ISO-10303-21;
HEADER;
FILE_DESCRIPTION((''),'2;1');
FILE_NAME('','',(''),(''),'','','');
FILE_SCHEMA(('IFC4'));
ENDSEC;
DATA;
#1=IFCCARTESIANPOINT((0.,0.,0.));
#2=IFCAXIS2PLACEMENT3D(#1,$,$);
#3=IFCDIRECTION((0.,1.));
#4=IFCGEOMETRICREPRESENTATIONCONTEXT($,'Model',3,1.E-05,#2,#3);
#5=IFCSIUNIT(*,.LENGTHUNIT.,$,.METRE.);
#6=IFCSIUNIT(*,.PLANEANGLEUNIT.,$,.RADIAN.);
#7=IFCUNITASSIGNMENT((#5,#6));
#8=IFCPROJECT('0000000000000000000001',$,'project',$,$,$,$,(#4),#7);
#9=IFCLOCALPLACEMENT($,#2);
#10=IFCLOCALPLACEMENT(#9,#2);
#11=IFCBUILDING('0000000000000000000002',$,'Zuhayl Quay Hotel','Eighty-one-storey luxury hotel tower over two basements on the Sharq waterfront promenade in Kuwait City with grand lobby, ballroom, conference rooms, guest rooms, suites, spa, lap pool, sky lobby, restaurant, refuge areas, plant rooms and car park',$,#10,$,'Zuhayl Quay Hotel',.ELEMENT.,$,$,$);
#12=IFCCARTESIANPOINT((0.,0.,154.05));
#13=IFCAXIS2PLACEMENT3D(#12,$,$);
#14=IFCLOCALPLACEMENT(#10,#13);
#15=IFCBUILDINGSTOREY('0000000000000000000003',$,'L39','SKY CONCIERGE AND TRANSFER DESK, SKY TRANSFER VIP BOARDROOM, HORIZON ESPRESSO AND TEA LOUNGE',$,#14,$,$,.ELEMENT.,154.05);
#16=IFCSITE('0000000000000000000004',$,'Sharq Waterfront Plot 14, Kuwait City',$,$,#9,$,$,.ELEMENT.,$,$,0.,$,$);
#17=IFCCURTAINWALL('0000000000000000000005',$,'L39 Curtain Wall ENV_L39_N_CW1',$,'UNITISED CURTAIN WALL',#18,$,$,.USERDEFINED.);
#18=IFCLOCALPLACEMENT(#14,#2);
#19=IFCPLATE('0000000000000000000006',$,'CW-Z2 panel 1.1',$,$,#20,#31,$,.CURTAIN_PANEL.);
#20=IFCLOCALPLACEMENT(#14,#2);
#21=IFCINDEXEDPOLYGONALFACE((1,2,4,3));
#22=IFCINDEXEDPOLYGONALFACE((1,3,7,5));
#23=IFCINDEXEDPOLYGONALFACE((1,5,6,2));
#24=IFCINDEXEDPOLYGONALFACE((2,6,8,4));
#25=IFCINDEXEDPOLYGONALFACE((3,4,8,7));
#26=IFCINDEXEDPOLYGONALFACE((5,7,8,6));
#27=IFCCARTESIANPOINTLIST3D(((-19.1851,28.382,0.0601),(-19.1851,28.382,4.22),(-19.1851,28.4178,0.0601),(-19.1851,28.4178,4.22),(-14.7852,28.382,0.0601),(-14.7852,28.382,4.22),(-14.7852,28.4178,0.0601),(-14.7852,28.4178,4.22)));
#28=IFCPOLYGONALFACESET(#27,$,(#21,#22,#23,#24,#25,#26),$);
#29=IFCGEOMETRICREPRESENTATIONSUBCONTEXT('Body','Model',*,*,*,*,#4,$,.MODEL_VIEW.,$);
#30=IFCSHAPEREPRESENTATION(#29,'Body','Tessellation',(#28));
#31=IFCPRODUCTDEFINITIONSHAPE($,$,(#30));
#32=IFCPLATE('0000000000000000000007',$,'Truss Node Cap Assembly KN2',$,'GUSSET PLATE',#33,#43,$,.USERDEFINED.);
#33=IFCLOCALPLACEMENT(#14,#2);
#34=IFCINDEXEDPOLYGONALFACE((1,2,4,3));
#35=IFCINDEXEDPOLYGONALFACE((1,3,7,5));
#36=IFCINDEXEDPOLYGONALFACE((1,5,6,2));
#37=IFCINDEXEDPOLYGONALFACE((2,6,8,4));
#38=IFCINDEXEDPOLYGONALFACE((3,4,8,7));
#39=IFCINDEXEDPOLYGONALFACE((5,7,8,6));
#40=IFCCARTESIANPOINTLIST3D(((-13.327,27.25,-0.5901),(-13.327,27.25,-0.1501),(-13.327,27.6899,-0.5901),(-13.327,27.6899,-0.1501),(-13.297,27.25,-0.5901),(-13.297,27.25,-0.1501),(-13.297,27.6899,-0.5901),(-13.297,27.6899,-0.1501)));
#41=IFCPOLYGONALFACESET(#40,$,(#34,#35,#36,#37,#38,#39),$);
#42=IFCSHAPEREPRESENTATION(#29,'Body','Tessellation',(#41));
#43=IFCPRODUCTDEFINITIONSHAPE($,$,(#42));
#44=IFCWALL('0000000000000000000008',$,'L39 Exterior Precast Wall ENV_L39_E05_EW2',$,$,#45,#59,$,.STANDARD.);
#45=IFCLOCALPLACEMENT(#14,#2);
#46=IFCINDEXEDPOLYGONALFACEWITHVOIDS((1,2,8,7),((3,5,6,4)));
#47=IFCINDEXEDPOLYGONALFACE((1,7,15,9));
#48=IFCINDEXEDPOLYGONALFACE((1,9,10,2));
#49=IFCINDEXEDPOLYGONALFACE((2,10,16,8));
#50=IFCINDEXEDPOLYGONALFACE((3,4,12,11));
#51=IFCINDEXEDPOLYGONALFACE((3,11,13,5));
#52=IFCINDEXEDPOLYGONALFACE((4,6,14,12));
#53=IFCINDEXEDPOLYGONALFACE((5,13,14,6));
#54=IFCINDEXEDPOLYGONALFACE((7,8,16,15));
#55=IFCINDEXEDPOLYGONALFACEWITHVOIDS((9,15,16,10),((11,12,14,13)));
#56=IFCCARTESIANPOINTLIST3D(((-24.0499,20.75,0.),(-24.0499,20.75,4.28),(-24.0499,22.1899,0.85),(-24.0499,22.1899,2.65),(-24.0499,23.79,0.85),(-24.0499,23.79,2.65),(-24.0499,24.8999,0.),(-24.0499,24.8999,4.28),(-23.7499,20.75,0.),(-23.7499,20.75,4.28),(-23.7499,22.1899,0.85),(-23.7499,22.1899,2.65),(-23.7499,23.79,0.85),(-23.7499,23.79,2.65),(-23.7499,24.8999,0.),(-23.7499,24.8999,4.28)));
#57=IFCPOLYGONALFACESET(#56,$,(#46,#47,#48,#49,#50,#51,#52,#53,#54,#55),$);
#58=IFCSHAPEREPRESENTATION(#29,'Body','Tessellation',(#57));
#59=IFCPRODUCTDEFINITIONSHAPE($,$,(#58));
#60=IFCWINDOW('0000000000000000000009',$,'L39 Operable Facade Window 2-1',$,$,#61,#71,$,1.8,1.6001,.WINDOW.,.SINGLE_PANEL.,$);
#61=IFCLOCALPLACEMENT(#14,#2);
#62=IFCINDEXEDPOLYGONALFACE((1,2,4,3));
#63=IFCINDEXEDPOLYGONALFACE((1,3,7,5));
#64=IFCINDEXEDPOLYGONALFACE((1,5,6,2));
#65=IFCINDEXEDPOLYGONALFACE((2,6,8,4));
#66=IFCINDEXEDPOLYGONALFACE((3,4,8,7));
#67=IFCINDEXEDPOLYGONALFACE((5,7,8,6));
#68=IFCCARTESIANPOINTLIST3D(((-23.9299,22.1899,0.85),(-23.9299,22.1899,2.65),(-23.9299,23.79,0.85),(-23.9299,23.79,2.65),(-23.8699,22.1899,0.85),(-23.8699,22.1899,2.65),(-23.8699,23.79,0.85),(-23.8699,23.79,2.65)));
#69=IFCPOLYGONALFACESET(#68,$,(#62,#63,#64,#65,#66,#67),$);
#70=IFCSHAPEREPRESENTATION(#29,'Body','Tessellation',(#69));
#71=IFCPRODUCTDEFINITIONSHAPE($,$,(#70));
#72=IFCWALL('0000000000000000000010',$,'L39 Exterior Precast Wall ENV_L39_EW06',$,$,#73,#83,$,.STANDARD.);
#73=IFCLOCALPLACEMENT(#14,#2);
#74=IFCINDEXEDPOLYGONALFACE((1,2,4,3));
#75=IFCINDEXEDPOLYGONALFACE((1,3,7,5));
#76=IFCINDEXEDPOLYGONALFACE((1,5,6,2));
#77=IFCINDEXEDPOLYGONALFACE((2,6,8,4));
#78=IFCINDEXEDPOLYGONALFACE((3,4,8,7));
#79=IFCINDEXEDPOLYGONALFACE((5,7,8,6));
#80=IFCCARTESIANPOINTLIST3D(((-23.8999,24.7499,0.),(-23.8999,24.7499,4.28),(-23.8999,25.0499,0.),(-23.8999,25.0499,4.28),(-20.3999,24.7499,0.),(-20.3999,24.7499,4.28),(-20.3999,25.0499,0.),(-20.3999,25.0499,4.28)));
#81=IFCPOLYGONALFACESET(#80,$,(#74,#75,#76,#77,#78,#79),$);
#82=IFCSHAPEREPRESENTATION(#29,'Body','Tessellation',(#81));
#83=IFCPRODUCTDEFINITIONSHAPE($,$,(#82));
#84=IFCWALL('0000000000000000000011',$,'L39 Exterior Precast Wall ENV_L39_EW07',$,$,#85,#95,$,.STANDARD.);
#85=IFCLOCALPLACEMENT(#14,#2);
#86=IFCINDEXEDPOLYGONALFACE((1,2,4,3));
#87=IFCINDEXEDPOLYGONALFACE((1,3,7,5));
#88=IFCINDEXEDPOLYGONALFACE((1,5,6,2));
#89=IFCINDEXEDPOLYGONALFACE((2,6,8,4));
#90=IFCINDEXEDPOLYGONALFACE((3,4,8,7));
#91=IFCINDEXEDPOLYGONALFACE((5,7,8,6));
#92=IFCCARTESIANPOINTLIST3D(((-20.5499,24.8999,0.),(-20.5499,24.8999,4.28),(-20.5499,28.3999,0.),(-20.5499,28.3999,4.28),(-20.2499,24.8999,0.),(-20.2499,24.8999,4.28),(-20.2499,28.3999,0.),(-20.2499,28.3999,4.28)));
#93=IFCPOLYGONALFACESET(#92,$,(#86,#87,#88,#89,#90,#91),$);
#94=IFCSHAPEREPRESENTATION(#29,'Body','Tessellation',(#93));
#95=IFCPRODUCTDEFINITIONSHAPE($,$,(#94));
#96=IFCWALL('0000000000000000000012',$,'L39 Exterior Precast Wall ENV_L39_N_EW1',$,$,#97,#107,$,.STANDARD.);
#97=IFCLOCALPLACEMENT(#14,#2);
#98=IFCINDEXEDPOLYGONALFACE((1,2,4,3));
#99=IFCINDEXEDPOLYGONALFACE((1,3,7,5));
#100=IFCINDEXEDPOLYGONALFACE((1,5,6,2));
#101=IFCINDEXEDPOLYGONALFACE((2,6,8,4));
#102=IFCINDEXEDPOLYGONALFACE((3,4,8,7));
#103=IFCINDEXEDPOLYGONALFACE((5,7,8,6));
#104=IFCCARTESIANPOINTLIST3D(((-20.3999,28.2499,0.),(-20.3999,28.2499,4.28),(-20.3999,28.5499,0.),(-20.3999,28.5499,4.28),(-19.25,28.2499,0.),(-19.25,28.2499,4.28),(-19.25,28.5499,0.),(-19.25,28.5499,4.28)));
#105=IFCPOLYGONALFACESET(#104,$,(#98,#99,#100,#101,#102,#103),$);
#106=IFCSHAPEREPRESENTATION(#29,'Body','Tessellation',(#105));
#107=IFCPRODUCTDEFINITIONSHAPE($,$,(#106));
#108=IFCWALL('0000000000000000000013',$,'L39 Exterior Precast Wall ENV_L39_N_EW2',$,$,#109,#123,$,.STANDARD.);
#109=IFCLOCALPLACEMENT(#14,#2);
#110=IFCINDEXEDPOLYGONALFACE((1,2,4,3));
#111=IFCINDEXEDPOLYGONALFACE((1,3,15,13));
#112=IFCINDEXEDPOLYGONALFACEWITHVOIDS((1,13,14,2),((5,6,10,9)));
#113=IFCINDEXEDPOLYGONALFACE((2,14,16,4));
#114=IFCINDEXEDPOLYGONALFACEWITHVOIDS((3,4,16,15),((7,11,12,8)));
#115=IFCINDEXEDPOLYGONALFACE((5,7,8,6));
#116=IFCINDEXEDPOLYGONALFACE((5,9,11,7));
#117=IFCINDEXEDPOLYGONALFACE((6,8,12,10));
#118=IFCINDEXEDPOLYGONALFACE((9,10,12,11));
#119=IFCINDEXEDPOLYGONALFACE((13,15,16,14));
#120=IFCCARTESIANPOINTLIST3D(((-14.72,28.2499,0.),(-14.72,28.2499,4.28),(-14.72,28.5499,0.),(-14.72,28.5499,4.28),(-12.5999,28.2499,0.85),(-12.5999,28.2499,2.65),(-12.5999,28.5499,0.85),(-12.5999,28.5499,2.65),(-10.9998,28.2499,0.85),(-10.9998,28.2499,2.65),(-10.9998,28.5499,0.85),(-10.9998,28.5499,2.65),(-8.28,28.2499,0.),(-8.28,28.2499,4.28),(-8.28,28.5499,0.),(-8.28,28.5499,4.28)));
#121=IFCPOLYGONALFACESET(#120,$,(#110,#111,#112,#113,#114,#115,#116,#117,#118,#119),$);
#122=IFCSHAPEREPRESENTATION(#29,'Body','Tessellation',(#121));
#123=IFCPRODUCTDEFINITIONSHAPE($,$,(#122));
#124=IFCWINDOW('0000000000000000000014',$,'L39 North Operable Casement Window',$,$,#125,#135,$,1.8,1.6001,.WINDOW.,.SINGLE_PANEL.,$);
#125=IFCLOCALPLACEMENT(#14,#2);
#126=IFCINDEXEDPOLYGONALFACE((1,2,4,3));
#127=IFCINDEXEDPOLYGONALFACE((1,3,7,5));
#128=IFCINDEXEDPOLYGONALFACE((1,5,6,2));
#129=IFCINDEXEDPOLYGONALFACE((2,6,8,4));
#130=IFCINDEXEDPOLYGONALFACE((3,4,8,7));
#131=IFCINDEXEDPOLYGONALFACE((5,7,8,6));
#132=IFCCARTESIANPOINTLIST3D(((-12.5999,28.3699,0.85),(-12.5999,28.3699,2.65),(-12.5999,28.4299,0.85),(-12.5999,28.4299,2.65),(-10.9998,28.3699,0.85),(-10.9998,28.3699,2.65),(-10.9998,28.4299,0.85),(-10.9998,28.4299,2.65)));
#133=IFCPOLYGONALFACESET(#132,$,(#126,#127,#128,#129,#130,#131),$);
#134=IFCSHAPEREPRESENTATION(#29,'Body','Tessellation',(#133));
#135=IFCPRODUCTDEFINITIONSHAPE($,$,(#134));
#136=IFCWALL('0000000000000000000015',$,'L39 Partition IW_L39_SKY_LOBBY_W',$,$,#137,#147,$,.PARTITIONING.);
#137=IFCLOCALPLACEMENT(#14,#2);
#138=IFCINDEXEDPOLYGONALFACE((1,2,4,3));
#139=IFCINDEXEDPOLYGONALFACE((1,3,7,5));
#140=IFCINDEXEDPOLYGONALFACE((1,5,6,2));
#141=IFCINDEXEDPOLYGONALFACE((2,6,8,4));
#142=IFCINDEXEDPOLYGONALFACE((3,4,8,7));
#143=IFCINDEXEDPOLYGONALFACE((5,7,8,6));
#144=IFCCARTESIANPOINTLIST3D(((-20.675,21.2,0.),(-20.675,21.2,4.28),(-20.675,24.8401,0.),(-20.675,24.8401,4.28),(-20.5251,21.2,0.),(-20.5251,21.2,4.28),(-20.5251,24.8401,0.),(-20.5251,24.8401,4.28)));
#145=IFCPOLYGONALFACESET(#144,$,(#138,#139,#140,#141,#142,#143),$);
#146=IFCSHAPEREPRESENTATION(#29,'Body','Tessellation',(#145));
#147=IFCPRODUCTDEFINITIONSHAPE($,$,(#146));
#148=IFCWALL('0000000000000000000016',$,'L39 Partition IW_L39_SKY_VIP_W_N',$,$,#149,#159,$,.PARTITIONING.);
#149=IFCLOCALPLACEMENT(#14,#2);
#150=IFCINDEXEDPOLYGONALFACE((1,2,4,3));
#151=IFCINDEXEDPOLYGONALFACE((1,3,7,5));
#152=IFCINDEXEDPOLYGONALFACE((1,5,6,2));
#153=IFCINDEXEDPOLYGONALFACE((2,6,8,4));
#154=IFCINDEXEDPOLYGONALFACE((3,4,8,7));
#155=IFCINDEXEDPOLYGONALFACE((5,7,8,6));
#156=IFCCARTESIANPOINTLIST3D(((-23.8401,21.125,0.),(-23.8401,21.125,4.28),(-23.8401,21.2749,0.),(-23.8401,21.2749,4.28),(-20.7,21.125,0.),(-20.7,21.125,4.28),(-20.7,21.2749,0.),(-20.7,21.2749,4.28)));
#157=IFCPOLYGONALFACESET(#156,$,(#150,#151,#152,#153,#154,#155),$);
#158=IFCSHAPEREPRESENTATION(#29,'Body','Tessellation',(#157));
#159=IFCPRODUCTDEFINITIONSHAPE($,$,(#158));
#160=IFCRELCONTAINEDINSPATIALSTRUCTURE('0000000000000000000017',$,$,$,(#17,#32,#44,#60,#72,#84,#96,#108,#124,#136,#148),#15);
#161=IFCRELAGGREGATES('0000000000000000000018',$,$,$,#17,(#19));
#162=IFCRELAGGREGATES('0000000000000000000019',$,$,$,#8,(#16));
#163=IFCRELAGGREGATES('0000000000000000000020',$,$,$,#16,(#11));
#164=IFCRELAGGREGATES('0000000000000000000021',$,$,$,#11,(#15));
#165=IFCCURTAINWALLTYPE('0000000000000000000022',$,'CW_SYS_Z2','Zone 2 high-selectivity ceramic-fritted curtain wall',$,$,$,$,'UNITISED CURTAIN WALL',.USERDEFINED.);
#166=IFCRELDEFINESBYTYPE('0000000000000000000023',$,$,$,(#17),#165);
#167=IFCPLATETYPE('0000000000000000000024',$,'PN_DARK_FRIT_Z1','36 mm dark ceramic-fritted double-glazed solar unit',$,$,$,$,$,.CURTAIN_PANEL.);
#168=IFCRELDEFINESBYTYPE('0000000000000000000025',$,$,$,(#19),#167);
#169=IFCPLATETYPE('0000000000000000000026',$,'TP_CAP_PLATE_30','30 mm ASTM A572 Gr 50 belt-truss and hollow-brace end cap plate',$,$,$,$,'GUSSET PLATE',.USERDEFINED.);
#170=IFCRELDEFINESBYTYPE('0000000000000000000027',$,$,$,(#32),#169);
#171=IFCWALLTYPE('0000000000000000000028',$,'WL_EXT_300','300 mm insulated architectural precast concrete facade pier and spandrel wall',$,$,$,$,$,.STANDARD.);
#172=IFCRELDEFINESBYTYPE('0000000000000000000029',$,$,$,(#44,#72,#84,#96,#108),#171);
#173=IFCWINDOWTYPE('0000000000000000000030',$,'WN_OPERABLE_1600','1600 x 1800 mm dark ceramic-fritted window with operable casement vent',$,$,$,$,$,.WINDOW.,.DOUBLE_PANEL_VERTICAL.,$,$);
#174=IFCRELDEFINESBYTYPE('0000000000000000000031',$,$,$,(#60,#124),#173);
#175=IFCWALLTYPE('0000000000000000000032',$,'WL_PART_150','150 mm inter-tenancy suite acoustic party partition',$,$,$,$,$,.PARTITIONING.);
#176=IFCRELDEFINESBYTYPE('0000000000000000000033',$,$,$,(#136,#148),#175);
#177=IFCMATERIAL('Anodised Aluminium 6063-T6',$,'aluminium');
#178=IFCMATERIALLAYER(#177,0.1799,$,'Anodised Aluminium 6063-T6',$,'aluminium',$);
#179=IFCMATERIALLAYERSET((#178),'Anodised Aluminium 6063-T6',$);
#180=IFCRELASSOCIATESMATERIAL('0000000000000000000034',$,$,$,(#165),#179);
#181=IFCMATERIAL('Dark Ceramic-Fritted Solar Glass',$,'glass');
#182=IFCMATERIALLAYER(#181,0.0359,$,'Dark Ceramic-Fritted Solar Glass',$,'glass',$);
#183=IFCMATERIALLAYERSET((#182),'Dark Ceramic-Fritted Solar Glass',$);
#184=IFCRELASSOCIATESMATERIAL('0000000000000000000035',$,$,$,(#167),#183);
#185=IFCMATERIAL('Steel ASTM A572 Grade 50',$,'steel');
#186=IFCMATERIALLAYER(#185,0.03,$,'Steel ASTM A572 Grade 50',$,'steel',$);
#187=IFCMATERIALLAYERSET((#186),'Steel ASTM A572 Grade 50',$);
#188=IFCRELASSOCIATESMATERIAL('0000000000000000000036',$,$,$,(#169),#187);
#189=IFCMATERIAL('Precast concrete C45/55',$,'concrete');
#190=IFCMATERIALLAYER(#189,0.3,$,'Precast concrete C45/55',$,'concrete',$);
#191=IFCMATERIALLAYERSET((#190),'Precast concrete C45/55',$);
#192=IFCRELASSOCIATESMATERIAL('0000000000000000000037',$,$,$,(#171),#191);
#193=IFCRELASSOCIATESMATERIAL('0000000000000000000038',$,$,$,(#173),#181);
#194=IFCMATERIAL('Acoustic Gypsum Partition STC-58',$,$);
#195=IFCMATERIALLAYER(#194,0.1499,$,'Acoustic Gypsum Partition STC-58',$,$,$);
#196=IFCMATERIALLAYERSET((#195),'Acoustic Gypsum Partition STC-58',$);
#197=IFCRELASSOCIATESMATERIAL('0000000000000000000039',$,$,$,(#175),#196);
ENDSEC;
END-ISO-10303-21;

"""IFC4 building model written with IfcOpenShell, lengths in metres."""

from ifc_helpers import new_model, si_unit, direction, frame, frame_2d, origin, origin_2d, place, context, subcontext, project, spatial, rectangle, extrude, material, layer, layer_set, type_object, element, fill, aggregate, save


model = new_model("IFC4")

# Units and contexts
model_context = context("Model", 3, precision=1e-05, world=origin(), true_north=direction((0.0, 1.0)))
body_context = subcontext(model_context, "Body", "Model", "MODEL_VIEW")
ifc_project = project(units=[si_unit("LENGTHUNIT", "METRE"), si_unit("PLANEANGLEUNIT", "RADIAN")], contexts=[model_context])

# Site, building, storey
site_placement = place(None, origin())
site = spatial("IfcSite", under=ifc_project, at=site_placement, Name="Sharq Waterfront Plot 14, Kuwait City", CompositionType="ELEMENT", RefElevation=0.0)
building_placement = place(site_placement, origin())
building = spatial("IfcBuilding", under=site, at=building_placement, Name="Zuhayl Quay Hotel", Description="Eighty-one-storey luxury hotel tower over two basements on the Sharq waterfront promenade in Kuwait City with grand lobby, ballroom, conference rooms, guest rooms, suites, spa, lap pool, sky lobby, restaurant, refuge areas, plant rooms and car park", LongName="Zuhayl Quay Hotel", CompositionType="ELEMENT")
storey_placement = place(building_placement, frame((0.0, 0.0, 154.05)))
storey = spatial("IfcBuildingStorey", under=building, at=storey_placement, Name="L39", Description="SKY CONCIERGE AND TRANSFER DESK, SKY TRANSFER VIP BOARDROOM, HORIZON ESPRESSO AND TEA LOUNGE", CompositionType="ELEMENT", Elevation=154.05)

# Shared definitions
ifc_material_1 = material(Name="Anodised Aluminium 6063-T6", Category="aluminium")
ifc_layer_1 = layer(ifc_material_1, 0.1799, Name="Anodised Aluminium 6063-T6", Category="aluminium")
ifc_layer_set_1 = layer_set([ifc_layer_1], Name="Anodised Aluminium 6063-T6")
curtain_wall_type = type_object("IfcCurtainWallType", Name="CW_SYS_Z2", Description="Zone 2 high-selectivity ceramic-fritted curtain wall", ElementType="UNITISED CURTAIN WALL", PredefinedType="USERDEFINED", material=ifc_layer_set_1)

# Curtain wall, plate
curtain_wall_1_placement = place(storey_placement, origin())
curtain_wall_1 = element("IfcCurtainWall", 1, at=curtain_wall_1_placement, inside=storey, type_object=curtain_wall_type, Name="L39 Curtain Wall ENV_L39_N_CW1", ObjectType="UNITISED CURTAIN WALL", PredefinedType="USERDEFINED")
ifc_material_2 = material(Name="Dark Ceramic-Fritted Solar Glass", Category="glass")
ifc_layer_2 = layer(ifc_material_2, 0.0359, Name="Dark Ceramic-Fritted Solar Glass", Category="glass")
ifc_layer_set_2 = layer_set([ifc_layer_2], Name="Dark Ceramic-Fritted Solar Glass")
plate_type_1 = type_object("IfcPlateType", Name="PN_DARK_FRIT_Z1", Description="36 mm dark ceramic-fritted double-glazed solar unit", PredefinedType="CURTAIN_PANEL", material=ifc_layer_set_2)
plate_1_placement = place(storey_placement, frame((-16.9851, 28.3999, 0.0601), z_axis=(0.0, 0.0, 1.0), x_axis=(1.0, 0.0, 0.0)))
plate_1 = element("IfcPlate", 2, at=plate_1_placement, type_object=plate_type_1, Name="CW-Z2 panel 1.1", PredefinedType="CURTAIN_PANEL", context=body_context, shape_type="SweptSolid", body=[
    extrude(rectangle(XDim=4.3999, YDim=0.0359, at=origin_2d()), origin(), (0.0, 0.0, 1.0), 4.1599),
])
aggregate(curtain_wall_1, [plate_1])

# Plate
ifc_material_3 = material(Name="Steel ASTM A572 Grade 50", Category="steel")
ifc_layer_3 = layer(ifc_material_3, 0.03, Name="Steel ASTM A572 Grade 50", Category="steel")
ifc_layer_set_3 = layer_set([ifc_layer_3], Name="Steel ASTM A572 Grade 50")
plate_type_2 = type_object("IfcPlateType", Name="TP_CAP_PLATE_30", Description="30 mm ASTM A572 Gr 50 belt-truss and hollow-brace end cap plate", ElementType="GUSSET PLATE", PredefinedType="USERDEFINED", material=ifc_layer_set_3)
plate_2_placement = place(storey_placement, frame((-13.312, 27.47, -0.5901), z_axis=(0.0, 0.0, 1.0), x_axis=(-1.0, 0.0, 0.0)))
element("IfcPlate", 3, at=plate_2_placement, inside=storey, type_object=plate_type_2, Name="Truss Node Cap Assembly KN2", ObjectType="GUSSET PLATE", PredefinedType="USERDEFINED", context=body_context, shape_type="SweptSolid", body=[
    extrude(rectangle(XDim=0.03, YDim=0.4399, at=origin_2d()), origin(), (0.0, 0.0, 1.0), 0.4399),
])

# Wall, opening, window
ifc_material_4 = material(Name="Precast concrete C45/55", Category="concrete")
ifc_layer_4 = layer(ifc_material_4, 0.3, Name="Precast concrete C45/55", Category="concrete")
ifc_layer_set_4 = layer_set([ifc_layer_4], Name="Precast concrete C45/55")
wall_type_1 = type_object("IfcWallType", Name="WL_EXT_300", Description="300 mm insulated architectural precast concrete facade pier and spandrel wall", PredefinedType="STANDARD", material=ifc_layer_set_4)
wall_1_placement = place(storey_placement, frame((-23.8999, 20.75, 0.0), z_axis=(0.0, 0.0, 1.0), x_axis=(0.0, 1.0, 0.0)))
wall_1 = element("IfcWall", 4, at=wall_1_placement, inside=storey, type_object=wall_type_1, Name="L39 Exterior Precast Wall ENV_L39_E05_EW2", PredefinedType="STANDARD", context=body_context, shape_type="SweptSolid", body=[
    extrude(rectangle(XDim=4.1499, YDim=0.3, at=frame_2d((2.075, 0.0))), origin(), (0.0, 0.0, 1.0), 4.28),
])
opening_1_placement = place(wall_1_placement, frame((1.4399, 0.0, 0.8501)))
opening_1 = element("IfcOpeningElement", 5, at=opening_1_placement, cuts=wall_1, PredefinedType="OPENING", context=body_context, shape_type="SweptSolid", body=[
    extrude(rectangle(XDim=1.6001, YDim=1.8, at=frame_2d((0.8, 0.8999))), frame((0.0, 0.1599, 0.0), z_axis=(0.0, -1.0, 0.0), x_axis=(1.0, 0.0, 0.0)), (0.0, 0.0, 1.0), 0.3201),
])
window_type = type_object("IfcWindowType", Name="WN_OPERABLE_1600", Description="1600 x 1800 mm dark ceramic-fritted window with operable casement vent", PartitioningType="DOUBLE_PANEL_VERTICAL", PredefinedType="WINDOW", material=ifc_material_2)
window_1_placement = place(opening_1_placement, origin())
window_1 = element("IfcWindow", 6, at=window_1_placement, inside=storey, type_object=window_type, Name="L39 Operable Facade Window 2-1", OverallHeight=1.8, OverallWidth=1.6001, PartitioningType="SINGLE_PANEL", PredefinedType="WINDOW", context=body_context, shape_type="SweptSolid", body=[
    extrude(rectangle(XDim=1.6001, YDim=1.8, at=frame_2d((0.8, 0.8999))), frame((0.0, 0.03, 0.0), z_axis=(0.0, -1.0, 0.0), x_axis=(1.0, 0.0, 0.0)), (0.0, 0.0, 1.0), 0.0601),
])
fill(opening_1, window_1)

# Walls
for number, where, z_axis, x_axis, name in (
    (7, (-23.8999, 24.8999, 0.0), (0.0, 0.0, 1.0), (1.0, 0.0, 0.0), "L39 Exterior Precast Wall ENV_L39_EW06"),
    (8, (-20.3999, 24.8999, 0.0), (0.0, 0.0, 1.0), (0.0, 1.0, 0.0), "L39 Exterior Precast Wall ENV_L39_EW07"),
):
    element("IfcWall", number, at=place(storey_placement, frame(where, z_axis=z_axis, x_axis=x_axis)), inside=storey, type_object=wall_type_1, Name=name, PredefinedType="STANDARD", context=body_context, shape_type="SweptSolid", body=[
        extrude(rectangle(XDim=3.5, YDim=0.3, at=frame_2d((1.75, 0.0))), origin(), (0.0, 0.0, 1.0), 4.28),
    ])
wall_2_placement = place(storey_placement, frame((-20.3999, 28.3999, 0.0), z_axis=(0.0, 0.0, 1.0), x_axis=(1.0, 0.0, 0.0)))
element("IfcWall", 9, at=wall_2_placement, inside=storey, type_object=wall_type_1, Name="L39 Exterior Precast Wall ENV_L39_N_EW1", PredefinedType="STANDARD", context=body_context, shape_type="SweptSolid", body=[
    extrude(rectangle(XDim=1.1499, YDim=0.3, at=frame_2d((0.575, 0.0))), origin(), (0.0, 0.0, 1.0), 4.28),
])

# Wall, opening, window
wall_3_placement = place(storey_placement, frame((-14.72, 28.3999, 0.0), z_axis=(0.0, 0.0, 1.0), x_axis=(1.0, 0.0, 0.0)))
wall_3 = element("IfcWall", 10, at=wall_3_placement, inside=storey, type_object=wall_type_1, Name="L39 Exterior Precast Wall ENV_L39_N_EW2", PredefinedType="STANDARD", context=body_context, shape_type="SweptSolid", body=[
    extrude(rectangle(XDim=6.4399, YDim=0.3, at=frame_2d((3.22, 0.0))), origin(), (0.0, 0.0, 1.0), 4.28),
])
opening_2_placement = place(wall_3_placement, frame((2.1201, 0.0, 0.8501)))
opening_2 = element("IfcOpeningElement", 11, at=opening_2_placement, cuts=wall_3, PredefinedType="OPENING", context=body_context, shape_type="SweptSolid", body=[
    extrude(rectangle(XDim=1.6001, YDim=1.8, at=frame_2d((0.8, 0.8999))), frame((0.0, 0.1599, 0.0), z_axis=(0.0, -1.0, 0.0), x_axis=(1.0, 0.0, 0.0)), (0.0, 0.0, 1.0), 0.3201),
])
window_2_placement = place(opening_2_placement, origin())
window_2 = element("IfcWindow", 12, at=window_2_placement, inside=storey, type_object=window_type, Name="L39 North Operable Casement Window", OverallHeight=1.8, OverallWidth=1.6001, PartitioningType="SINGLE_PANEL", PredefinedType="WINDOW", context=body_context, shape_type="SweptSolid", body=[
    extrude(rectangle(XDim=1.6001, YDim=1.8, at=frame_2d((0.8, 0.8999))), frame((0.0, 0.03, 0.0), z_axis=(0.0, -1.0, 0.0), x_axis=(1.0, 0.0, 0.0)), (0.0, 0.0, 1.0), 0.0601),
])
fill(opening_2, window_2)

# Walls
ifc_material_5 = material(Name="Acoustic Gypsum Partition STC-58")
ifc_layer_5 = layer(ifc_material_5, 0.1499, Name="Acoustic Gypsum Partition STC-58")
ifc_layer_set_5 = layer_set([ifc_layer_5], Name="Acoustic Gypsum Partition STC-58")
wall_type_2 = type_object("IfcWallType", Name="WL_PART_150", Description="150 mm inter-tenancy suite acoustic party partition", PredefinedType="PARTITIONING", material=ifc_layer_set_5)
wall_4_placement = place(storey_placement, frame((-20.6001, 21.2, 0.0), z_axis=(0.0, 0.0, 1.0), x_axis=(0.0, 1.0, 0.0)))
element("IfcWall", 13, at=wall_4_placement, inside=storey, type_object=wall_type_2, Name="L39 Partition IW_L39_SKY_LOBBY_W", PredefinedType="PARTITIONING", context=body_context, shape_type="SweptSolid", body=[
    extrude(rectangle(XDim=3.6401, YDim=0.1499, at=frame_2d((1.8201, 0.0))), origin(), (0.0, 0.0, 1.0), 4.28),
])
wall_5_placement = place(storey_placement, frame((-23.8401, 21.2, 0.0), z_axis=(0.0, 0.0, 1.0), x_axis=(1.0, 0.0, 0.0)))
element("IfcWall", 14, at=wall_5_placement, inside=storey, type_object=wall_type_2, Name="L39 Partition IW_L39_SKY_VIP_W_N", PredefinedType="PARTITIONING", context=body_context, shape_type="SweptSolid", body=[
    extrude(rectangle(XDim=3.1401, YDim=0.1499, at=frame_2d((1.5701, 0.0))), origin(), (0.0, 0.0, 1.0), 4.28),
])

save(model, "model.ifc")
